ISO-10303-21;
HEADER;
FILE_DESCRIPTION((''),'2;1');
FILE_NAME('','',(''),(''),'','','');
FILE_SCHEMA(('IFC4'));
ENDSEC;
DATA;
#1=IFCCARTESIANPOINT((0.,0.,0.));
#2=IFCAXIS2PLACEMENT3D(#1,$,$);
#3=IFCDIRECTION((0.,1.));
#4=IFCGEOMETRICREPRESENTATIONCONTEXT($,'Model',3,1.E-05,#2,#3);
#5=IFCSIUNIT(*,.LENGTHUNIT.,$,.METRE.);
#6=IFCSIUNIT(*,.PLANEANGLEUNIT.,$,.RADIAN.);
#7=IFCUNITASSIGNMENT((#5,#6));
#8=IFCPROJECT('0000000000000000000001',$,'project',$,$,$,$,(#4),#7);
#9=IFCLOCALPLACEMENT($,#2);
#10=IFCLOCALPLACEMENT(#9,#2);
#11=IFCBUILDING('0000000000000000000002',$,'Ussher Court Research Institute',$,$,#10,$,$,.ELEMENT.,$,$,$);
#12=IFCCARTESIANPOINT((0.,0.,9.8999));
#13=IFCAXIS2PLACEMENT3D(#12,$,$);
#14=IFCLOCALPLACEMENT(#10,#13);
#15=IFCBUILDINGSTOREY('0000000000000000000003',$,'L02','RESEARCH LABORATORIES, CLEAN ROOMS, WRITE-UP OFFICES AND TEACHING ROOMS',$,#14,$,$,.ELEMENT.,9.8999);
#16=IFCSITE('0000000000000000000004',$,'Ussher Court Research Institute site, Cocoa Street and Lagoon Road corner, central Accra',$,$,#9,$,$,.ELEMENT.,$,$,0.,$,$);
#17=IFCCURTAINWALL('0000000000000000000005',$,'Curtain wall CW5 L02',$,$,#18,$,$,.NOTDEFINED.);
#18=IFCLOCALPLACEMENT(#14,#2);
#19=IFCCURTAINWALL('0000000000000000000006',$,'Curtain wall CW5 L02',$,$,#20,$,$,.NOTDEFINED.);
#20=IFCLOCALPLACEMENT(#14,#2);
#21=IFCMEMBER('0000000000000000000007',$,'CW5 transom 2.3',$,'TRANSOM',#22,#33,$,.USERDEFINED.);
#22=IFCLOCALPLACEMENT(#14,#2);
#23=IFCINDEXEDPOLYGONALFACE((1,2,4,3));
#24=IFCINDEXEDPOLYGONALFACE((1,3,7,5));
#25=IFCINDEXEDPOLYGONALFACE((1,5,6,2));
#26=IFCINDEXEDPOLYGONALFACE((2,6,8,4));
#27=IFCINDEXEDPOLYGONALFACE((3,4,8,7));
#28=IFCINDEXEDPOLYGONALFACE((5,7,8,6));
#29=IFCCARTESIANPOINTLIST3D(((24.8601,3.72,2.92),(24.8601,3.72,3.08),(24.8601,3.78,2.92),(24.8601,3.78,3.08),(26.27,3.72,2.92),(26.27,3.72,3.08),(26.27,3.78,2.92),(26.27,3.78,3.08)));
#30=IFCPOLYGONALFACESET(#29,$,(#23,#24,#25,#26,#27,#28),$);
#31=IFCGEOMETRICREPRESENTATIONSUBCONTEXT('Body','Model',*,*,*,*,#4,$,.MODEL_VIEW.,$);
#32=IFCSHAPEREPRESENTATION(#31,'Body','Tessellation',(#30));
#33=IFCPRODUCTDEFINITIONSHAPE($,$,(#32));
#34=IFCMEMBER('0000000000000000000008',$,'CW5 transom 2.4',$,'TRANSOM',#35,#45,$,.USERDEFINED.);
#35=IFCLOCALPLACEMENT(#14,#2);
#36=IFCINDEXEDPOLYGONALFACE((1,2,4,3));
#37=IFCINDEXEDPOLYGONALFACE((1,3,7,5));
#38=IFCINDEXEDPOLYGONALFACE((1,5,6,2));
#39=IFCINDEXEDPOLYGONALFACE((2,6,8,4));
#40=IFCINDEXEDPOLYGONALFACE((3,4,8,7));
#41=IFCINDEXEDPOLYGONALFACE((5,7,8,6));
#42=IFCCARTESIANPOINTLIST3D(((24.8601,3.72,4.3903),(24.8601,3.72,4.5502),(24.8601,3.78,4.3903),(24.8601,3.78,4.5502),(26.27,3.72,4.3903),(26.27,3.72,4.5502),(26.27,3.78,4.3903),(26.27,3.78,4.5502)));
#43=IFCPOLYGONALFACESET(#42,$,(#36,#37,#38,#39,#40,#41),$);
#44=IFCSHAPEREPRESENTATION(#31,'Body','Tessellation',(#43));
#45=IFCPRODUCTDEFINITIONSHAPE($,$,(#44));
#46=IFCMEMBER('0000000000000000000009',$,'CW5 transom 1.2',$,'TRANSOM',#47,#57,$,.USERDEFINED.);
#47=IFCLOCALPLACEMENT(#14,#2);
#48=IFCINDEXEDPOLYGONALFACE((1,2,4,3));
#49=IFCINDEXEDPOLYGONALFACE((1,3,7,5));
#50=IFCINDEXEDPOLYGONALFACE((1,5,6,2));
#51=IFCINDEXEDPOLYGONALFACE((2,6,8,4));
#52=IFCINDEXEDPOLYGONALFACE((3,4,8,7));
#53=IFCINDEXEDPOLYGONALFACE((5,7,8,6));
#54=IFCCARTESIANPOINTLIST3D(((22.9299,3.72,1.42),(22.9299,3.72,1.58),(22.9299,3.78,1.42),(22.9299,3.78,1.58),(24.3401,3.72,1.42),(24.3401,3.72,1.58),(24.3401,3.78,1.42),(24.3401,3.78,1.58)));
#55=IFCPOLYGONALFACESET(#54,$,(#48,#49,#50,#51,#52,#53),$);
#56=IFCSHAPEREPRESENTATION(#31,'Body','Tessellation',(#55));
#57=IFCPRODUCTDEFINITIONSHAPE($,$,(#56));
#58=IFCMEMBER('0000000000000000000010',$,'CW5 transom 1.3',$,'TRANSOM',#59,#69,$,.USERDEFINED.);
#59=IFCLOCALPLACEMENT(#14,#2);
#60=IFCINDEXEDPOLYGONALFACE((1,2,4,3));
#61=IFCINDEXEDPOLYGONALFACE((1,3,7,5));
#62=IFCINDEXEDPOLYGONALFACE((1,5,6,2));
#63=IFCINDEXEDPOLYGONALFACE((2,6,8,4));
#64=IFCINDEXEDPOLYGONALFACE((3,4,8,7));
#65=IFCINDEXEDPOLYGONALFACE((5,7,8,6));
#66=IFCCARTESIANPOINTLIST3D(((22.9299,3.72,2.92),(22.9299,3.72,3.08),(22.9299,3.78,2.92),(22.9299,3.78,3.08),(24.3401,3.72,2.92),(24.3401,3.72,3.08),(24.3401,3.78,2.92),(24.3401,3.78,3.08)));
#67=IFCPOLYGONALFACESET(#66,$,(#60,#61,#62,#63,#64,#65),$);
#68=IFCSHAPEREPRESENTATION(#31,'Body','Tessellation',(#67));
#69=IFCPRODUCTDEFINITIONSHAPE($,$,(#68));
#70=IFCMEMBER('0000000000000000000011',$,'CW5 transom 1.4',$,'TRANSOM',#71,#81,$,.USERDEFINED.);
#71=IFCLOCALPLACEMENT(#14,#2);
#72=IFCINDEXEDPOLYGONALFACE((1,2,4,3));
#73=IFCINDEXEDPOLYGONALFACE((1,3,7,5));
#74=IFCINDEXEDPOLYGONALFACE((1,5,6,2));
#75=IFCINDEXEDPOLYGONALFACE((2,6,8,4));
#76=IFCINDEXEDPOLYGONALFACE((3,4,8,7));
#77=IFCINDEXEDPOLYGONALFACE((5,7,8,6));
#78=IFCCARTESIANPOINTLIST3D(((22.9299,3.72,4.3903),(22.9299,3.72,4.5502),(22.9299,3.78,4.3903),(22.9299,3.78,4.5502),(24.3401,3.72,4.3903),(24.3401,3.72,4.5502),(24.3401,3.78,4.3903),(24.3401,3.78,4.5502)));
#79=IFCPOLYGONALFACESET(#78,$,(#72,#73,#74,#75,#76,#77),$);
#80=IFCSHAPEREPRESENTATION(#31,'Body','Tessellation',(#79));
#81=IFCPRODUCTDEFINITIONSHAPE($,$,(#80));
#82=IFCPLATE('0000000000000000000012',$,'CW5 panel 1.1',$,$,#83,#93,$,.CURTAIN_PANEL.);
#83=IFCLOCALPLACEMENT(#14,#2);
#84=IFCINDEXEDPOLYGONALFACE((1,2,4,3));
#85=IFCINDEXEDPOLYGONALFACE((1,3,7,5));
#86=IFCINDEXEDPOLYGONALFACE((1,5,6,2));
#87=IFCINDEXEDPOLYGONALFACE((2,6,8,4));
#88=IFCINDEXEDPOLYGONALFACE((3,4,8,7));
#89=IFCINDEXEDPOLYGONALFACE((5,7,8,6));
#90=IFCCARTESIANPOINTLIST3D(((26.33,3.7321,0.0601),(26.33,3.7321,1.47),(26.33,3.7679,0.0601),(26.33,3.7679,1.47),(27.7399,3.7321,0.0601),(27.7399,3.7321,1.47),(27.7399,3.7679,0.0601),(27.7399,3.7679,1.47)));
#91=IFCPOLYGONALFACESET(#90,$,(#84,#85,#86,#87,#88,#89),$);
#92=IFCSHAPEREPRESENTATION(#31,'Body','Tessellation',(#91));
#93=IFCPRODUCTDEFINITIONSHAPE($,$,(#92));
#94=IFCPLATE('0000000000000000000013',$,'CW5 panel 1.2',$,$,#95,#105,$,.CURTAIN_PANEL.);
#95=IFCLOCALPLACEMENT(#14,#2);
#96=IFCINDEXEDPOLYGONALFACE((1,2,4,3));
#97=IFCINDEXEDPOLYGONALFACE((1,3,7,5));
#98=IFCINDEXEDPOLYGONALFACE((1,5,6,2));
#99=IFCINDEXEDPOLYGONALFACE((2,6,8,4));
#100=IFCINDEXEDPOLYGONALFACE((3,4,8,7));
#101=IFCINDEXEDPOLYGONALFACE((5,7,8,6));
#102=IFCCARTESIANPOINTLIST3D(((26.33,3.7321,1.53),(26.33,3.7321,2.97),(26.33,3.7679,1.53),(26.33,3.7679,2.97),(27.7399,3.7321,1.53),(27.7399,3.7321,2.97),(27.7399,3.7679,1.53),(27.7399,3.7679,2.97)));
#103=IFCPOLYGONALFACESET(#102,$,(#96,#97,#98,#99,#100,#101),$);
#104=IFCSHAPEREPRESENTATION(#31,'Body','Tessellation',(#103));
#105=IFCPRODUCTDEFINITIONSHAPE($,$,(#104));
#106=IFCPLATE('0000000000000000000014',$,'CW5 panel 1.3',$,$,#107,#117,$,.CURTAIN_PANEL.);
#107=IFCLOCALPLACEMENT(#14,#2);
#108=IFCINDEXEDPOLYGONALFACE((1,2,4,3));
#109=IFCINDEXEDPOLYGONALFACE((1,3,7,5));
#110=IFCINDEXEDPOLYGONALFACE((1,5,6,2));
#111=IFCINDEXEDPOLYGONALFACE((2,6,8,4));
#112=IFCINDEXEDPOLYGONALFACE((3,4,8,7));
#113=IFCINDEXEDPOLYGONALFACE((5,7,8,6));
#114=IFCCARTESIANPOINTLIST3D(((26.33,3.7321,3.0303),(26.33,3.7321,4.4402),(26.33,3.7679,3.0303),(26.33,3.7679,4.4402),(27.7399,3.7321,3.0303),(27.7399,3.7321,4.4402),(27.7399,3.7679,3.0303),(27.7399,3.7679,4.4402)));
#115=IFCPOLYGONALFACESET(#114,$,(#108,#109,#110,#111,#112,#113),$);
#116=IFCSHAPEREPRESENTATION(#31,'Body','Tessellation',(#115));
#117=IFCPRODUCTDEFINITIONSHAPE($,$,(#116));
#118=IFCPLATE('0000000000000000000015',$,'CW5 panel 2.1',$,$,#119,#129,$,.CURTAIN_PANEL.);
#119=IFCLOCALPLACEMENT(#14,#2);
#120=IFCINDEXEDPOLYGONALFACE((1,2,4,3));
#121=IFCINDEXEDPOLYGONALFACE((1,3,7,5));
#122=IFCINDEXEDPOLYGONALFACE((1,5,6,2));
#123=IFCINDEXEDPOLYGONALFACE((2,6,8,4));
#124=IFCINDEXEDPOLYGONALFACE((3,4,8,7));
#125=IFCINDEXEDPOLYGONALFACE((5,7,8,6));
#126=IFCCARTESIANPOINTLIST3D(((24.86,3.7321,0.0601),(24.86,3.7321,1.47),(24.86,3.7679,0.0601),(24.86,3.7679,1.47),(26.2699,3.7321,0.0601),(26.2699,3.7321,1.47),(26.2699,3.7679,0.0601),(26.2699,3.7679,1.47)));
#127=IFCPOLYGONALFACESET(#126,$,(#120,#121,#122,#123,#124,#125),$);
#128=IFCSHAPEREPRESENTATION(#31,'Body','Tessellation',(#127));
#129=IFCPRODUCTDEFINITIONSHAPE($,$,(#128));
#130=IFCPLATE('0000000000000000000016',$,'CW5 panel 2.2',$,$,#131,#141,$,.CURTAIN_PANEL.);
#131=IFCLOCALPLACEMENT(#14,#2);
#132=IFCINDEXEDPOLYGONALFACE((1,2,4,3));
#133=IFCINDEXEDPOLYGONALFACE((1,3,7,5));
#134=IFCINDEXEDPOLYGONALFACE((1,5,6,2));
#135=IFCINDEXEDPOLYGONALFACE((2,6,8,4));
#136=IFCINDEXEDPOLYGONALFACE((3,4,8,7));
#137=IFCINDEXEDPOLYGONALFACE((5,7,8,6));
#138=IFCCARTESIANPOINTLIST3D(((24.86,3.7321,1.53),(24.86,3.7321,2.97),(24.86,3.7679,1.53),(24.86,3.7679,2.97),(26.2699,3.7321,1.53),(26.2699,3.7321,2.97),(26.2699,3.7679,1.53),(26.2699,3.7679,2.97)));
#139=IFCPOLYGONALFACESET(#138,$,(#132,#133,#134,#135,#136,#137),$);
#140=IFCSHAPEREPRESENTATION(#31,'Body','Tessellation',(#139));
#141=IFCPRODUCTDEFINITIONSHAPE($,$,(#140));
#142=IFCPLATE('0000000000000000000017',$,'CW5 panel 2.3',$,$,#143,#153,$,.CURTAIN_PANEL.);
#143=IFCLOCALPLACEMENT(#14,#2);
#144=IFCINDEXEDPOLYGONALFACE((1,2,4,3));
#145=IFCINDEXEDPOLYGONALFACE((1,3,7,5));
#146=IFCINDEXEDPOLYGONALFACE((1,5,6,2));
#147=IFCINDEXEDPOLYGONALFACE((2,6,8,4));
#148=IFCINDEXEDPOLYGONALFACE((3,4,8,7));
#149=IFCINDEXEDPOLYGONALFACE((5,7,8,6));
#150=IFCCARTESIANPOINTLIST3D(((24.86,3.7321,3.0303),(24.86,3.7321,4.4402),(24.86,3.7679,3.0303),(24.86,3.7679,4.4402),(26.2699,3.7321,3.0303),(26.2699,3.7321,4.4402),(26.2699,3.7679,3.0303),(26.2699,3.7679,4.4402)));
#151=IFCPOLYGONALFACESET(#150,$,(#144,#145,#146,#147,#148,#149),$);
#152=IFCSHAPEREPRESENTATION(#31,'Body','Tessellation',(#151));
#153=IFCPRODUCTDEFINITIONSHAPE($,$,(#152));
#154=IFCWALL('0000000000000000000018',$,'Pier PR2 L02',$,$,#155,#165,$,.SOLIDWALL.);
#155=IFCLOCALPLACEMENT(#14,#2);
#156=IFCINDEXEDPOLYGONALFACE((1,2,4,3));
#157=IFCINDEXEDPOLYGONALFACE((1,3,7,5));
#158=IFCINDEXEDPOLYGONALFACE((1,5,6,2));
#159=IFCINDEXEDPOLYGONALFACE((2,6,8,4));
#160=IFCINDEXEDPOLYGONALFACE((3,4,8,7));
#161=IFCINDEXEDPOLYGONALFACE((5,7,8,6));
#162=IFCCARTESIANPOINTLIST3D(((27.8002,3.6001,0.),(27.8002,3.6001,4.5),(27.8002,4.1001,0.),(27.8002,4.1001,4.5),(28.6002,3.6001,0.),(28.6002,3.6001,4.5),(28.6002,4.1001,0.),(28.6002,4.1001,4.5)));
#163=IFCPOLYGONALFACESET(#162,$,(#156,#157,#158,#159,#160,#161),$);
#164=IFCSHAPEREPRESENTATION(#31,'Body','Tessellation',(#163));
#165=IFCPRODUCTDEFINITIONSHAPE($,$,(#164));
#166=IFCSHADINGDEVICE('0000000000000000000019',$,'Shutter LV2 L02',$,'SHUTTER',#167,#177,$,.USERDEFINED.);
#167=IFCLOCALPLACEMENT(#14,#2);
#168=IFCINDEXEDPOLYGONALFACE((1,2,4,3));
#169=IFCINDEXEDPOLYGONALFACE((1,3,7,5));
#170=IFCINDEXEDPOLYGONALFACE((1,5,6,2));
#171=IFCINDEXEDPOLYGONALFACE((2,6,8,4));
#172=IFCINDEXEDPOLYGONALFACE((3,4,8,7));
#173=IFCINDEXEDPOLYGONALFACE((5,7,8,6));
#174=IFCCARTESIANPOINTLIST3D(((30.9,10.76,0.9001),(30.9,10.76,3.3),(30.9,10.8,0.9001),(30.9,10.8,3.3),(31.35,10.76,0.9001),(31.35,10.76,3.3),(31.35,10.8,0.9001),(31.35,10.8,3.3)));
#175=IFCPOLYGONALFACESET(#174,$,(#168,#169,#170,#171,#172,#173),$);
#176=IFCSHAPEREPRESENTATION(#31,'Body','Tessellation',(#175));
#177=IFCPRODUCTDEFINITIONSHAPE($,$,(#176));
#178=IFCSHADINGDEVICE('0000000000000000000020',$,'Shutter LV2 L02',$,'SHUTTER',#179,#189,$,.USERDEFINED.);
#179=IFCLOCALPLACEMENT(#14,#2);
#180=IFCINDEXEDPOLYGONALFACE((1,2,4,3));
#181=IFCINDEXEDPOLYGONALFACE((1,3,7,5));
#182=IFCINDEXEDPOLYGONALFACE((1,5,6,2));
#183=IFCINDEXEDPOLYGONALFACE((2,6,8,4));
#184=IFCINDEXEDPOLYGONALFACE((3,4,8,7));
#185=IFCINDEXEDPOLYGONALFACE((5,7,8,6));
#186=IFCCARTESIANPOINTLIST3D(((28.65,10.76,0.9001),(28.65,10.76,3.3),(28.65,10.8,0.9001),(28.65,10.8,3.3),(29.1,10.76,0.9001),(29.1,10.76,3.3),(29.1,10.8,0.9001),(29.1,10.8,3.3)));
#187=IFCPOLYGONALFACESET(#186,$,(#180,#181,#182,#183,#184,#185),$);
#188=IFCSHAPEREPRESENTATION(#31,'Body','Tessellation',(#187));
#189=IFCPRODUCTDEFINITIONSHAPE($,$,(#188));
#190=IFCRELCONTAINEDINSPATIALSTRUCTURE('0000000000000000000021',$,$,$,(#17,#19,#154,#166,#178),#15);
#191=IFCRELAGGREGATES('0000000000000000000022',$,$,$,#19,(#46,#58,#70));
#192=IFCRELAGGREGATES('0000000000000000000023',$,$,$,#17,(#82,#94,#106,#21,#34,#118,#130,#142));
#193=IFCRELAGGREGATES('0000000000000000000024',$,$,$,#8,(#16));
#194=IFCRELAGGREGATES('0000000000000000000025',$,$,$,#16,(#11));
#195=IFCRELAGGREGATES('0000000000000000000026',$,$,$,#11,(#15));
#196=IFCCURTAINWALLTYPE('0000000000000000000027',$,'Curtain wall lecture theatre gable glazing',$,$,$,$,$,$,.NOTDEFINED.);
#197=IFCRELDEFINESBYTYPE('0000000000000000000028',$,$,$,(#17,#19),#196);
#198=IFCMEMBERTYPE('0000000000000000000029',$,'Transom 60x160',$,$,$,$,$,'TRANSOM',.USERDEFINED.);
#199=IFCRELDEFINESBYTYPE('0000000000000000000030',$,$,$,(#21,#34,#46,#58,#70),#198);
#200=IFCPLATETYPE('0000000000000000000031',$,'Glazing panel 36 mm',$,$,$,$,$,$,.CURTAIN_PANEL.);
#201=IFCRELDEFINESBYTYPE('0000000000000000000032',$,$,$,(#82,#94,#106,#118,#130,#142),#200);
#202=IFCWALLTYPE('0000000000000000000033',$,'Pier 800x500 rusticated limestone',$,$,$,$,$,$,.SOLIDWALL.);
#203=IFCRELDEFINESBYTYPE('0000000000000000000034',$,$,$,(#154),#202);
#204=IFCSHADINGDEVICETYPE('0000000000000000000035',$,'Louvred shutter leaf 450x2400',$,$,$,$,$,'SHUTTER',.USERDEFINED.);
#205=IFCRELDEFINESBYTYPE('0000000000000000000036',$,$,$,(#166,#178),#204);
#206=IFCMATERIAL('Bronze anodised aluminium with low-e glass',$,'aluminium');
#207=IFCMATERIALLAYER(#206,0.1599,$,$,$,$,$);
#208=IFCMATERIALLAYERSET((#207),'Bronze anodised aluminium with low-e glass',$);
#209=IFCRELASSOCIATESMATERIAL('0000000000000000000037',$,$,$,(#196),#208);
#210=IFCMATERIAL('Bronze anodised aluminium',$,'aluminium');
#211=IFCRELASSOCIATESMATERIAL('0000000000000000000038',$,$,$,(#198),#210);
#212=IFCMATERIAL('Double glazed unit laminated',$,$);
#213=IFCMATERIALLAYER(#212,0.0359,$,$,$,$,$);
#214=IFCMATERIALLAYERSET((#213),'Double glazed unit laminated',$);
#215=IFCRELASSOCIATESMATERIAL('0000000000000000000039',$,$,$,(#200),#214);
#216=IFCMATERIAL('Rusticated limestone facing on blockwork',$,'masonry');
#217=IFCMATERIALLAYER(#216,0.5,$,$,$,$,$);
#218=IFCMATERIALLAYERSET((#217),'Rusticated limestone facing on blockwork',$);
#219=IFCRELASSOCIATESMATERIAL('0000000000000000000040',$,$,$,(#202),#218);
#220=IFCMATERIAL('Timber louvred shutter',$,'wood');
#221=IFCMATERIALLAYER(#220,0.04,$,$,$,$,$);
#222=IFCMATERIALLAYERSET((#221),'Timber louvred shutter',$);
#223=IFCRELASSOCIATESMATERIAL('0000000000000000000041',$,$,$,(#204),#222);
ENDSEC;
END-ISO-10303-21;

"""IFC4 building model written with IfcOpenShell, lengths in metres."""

from ifc_helpers import new_model, si_unit, direction, frame, frame_2d, origin, origin_2d, place, context, subcontext, project, spatial, rectangle, extrude, material, layer, layer_set, material_profile, profile_set, type_object, element, aggregate, save


model = new_model("IFC4")

# Units and contexts
model_context = context("Model", 3, precision=1e-05, world=origin(), true_north=direction((0.0, 1.0)))
body_context = subcontext(model_context, "Body", "Model", "MODEL_VIEW")
ifc_project = project(units=[si_unit("LENGTHUNIT", "METRE"), si_unit("PLANEANGLEUNIT", "RADIAN")], contexts=[model_context])

# Site, building, storey
site_placement = place(None, origin())
site = spatial("IfcSite", under=ifc_project, at=site_placement, Name="Ussher Court Research Institute site, Cocoa Street and Lagoon Road corner, central Accra", CompositionType="ELEMENT", RefElevation=0.0)
building_placement = place(site_placement, origin())
building = spatial("IfcBuilding", under=site, at=building_placement, Name="Ussher Court Research Institute", CompositionType="ELEMENT")
storey_placement = place(building_placement, frame((0.0, 0.0, 9.8999)))
storey = spatial("IfcBuildingStorey", under=building, at=storey_placement, Name="L02", Description="RESEARCH LABORATORIES, CLEAN ROOMS, WRITE-UP OFFICES AND TEACHING ROOMS", CompositionType="ELEMENT", Elevation=9.8999)

# Curtain wall
ifc_material_1 = material(Name="Bronze anodised aluminium with low-e glass", Category="aluminium")
ifc_layer_1 = layer(ifc_material_1, 0.1599)
ifc_layer_set_1 = layer_set([ifc_layer_1], Name="Bronze anodised aluminium with low-e glass")
curtain_wall_type = type_object("IfcCurtainWallType", Name="Curtain wall lecture theatre gable glazing", PredefinedType="NOTDEFINED", material=ifc_layer_set_1)
curtain_wall_1_placement = place(storey_placement, origin())
curtain_wall_1 = element("IfcCurtainWall", 1, at=curtain_wall_1_placement, inside=storey, type_object=curtain_wall_type, Name="Curtain wall CW5 L02", PredefinedType="NOTDEFINED")

# Curtain wall
curtain_wall_2_placement = place(storey_placement, origin())
curtain_wall_2 = element("IfcCurtainWall", 2, at=curtain_wall_2_placement, inside=storey, type_object=curtain_wall_type, Name="Curtain wall CW5 L02", PredefinedType="NOTDEFINED")

# Members
ifc_material_2 = material(Name="Bronze anodised aluminium", Category="aluminium")
ifc_material_profile_1 = material_profile(ifc_material_2, rectangle(XDim=0.0601, YDim=0.1599, at=origin_2d()), Name="Transom 60x160")
ifc_profile_set_1 = profile_set([ifc_material_profile_1], Name="Bronze anodised aluminium")
member_type_1 = type_object("IfcMemberType", Name="Transom 60x160", ElementType="TRANSOM", PredefinedType="USERDEFINED", material=ifc_profile_set_1)
member_1_placement = place(storey_placement, frame((26.27, 3.75, 3.0), z_axis=(-1.0, 0.0, 0.0), x_axis=(0.0, -1.0, 0.0)))
member_1 = element("IfcMember", 3, at=member_1_placement, type_object=member_type_1, Name="CW5 transom 2.3", ObjectType="TRANSOM", PredefinedType="USERDEFINED", context=body_context, shape_type="SweptSolid", body=[
    extrude(rectangle(XDim=0.0601, YDim=0.1599, at=origin_2d()), origin(), (0.0, 0.0, 1.0), 1.4099),
])
member_2_placement = place(storey_placement, frame((26.27, 3.75, 4.4702), z_axis=(-1.0, 0.0, 0.0), x_axis=(0.0, -1.0, 0.0)))
member_2 = element("IfcMember", 4, at=member_2_placement, type_object=member_type_1, Name="CW5 transom 2.4", ObjectType="TRANSOM", PredefinedType="USERDEFINED", context=body_context, shape_type="SweptSolid", body=[
    extrude(rectangle(XDim=0.0601, YDim=0.1599, at=origin_2d()), origin(), (0.0, 0.0, 1.0), 1.4099),
])
member_3_placement = place(storey_placement, frame((24.3401, 3.75, 1.5), z_axis=(-1.0, 0.0, 0.0), x_axis=(0.0, -1.0, 0.0)))
member_3 = element("IfcMember", 5, at=member_3_placement, type_object=member_type_1, Name="CW5 transom 1.2", ObjectType="TRANSOM", PredefinedType="USERDEFINED", context=body_context, shape_type="SweptSolid", body=[
    extrude(rectangle(XDim=0.0601, YDim=0.1599, at=origin_2d()), origin(), (0.0, 0.0, 1.0), 1.4102),
])
member_4_placement = place(storey_placement, frame((24.3401, 3.75, 3.0), z_axis=(-1.0, 0.0, 0.0), x_axis=(0.0, -1.0, 0.0)))
member_4 = element("IfcMember", 6, at=member_4_placement, type_object=member_type_1, Name="CW5 transom 1.3", ObjectType="TRANSOM", PredefinedType="USERDEFINED", context=body_context, shape_type="SweptSolid", body=[
    extrude(rectangle(XDim=0.0601, YDim=0.1599, at=origin_2d()), origin(), (0.0, 0.0, 1.0), 1.4102),
])
member_5_placement = place(storey_placement, frame((24.3401, 3.75, 4.4702), z_axis=(-1.0, 0.0, 0.0), x_axis=(0.0, -1.0, 0.0)))
member_5 = element("IfcMember", 7, at=member_5_placement, type_object=member_type_1, Name="CW5 transom 1.4", ObjectType="TRANSOM", PredefinedType="USERDEFINED", context=body_context, shape_type="SweptSolid", body=[
    extrude(rectangle(XDim=0.0601, YDim=0.1599, at=origin_2d()), origin(), (0.0, 0.0, 1.0), 1.4102),
])
aggregate(curtain_wall_2, [member_3, member_4, member_5])

# Plates
ifc_material_3 = material(Name="Double glazed unit laminated")
ifc_layer_2 = layer(ifc_material_3, 0.0359)
ifc_layer_set_2 = layer_set([ifc_layer_2], Name="Double glazed unit laminated")
plate_type = type_object("IfcPlateType", Name="Glazing panel 36 mm", PredefinedType="CURTAIN_PANEL", material=ifc_layer_set_2)
plate_1_placement = place(storey_placement, frame((27.0349, 3.75, 0.0601), z_axis=(0.0, 0.0, 1.0), x_axis=(-1.0, 0.0, 0.0)))
plate_1 = element("IfcPlate", 8, at=plate_1_placement, type_object=plate_type, Name="CW5 panel 1.1", PredefinedType="CURTAIN_PANEL", context=body_context, shape_type="SweptSolid", body=[
    extrude(rectangle(XDim=1.4099, YDim=0.0359, at=origin_2d()), origin(), (0.0, 0.0, 1.0), 1.4099),
])
plate_2_placement = place(storey_placement, frame((27.0349, 3.75, 1.53), z_axis=(0.0, 0.0, 1.0), x_axis=(-1.0, 0.0, 0.0)))
plate_2 = element("IfcPlate", 9, at=plate_2_placement, type_object=plate_type, Name="CW5 panel 1.2", PredefinedType="CURTAIN_PANEL", context=body_context, shape_type="SweptSolid", body=[
    extrude(rectangle(XDim=1.4099, YDim=0.0359, at=origin_2d()), origin(), (0.0, 0.0, 1.0), 1.4399),
])
plate_3_placement = place(storey_placement, frame((27.0349, 3.75, 3.0303), z_axis=(0.0, 0.0, 1.0), x_axis=(-1.0, 0.0, 0.0)))
plate_3 = element("IfcPlate", 10, at=plate_3_placement, type_object=plate_type, Name="CW5 panel 1.3", PredefinedType="CURTAIN_PANEL", context=body_context, shape_type="SweptSolid", body=[
    extrude(rectangle(XDim=1.4099, YDim=0.0359, at=origin_2d()), origin(), (0.0, 0.0, 1.0), 1.4099),
])
plate_4_placement = place(storey_placement, frame((25.5649, 3.75, 0.0601), z_axis=(0.0, 0.0, 1.0), x_axis=(-1.0, 0.0, 0.0)))
plate_4 = element("IfcPlate", 11, at=plate_4_placement, type_object=plate_type, Name="CW5 panel 2.1", PredefinedType="CURTAIN_PANEL", context=body_context, shape_type="SweptSolid", body=[
    extrude(rectangle(XDim=1.4099, YDim=0.0359, at=origin_2d()), origin(), (0.0, 0.0, 1.0), 1.4099),
])
plate_5_placement = place(storey_placement, frame((25.5649, 3.75, 1.53), z_axis=(0.0, 0.0, 1.0), x_axis=(-1.0, 0.0, 0.0)))
plate_5 = element("IfcPlate", 12, at=plate_5_placement, type_object=plate_type, Name="CW5 panel 2.2", PredefinedType="CURTAIN_PANEL", context=body_context, shape_type="SweptSolid", body=[
    extrude(rectangle(XDim=1.4099, YDim=0.0359, at=origin_2d()), origin(), (0.0, 0.0, 1.0), 1.4399),
])
plate_6_placement = place(storey_placement, frame((25.5649, 3.75, 3.0303), z_axis=(0.0, 0.0, 1.0), x_axis=(-1.0, 0.0, 0.0)))
plate_6 = element("IfcPlate", 13, at=plate_6_placement, type_object=plate_type, Name="CW5 panel 2.3", PredefinedType="CURTAIN_PANEL", context=body_context, shape_type="SweptSolid", body=[
    extrude(rectangle(XDim=1.4099, YDim=0.0359, at=origin_2d()), origin(), (0.0, 0.0, 1.0), 1.4099),
])
aggregate(curtain_wall_1, [plate_1, plate_2, plate_3, member_1, member_2, plate_4, plate_5, plate_6])

# Wall
ifc_material_4 = material(Name="Rusticated limestone facing on blockwork", Category="masonry")
ifc_layer_3 = layer(ifc_material_4, 0.5)
ifc_layer_set_3 = layer_set([ifc_layer_3], Name="Rusticated limestone facing on blockwork")
wall_type = type_object("IfcWallType", Name="Pier 800x500 rusticated limestone", PredefinedType="SOLIDWALL", material=ifc_layer_set_3)
wall_placement = place(storey_placement, frame((28.6001, 3.8501, 0.0), z_axis=(0.0, 0.0, 1.0), x_axis=(-1.0, 0.0, 0.0)))
element("IfcWall", 14, at=wall_placement, inside=storey, type_object=wall_type, Name="Pier PR2 L02", PredefinedType="SOLIDWALL", context=body_context, shape_type="SweptSolid", body=[
    extrude(rectangle(XDim=0.8, YDim=0.5, at=frame_2d((0.3999, 0.0))), origin(), (0.0, 0.0, 1.0), 4.5),
])

# Shading devices
ifc_material_5 = material(Name="Timber louvred shutter", Category="wood")
ifc_layer_4 = layer(ifc_material_5, 0.04)
ifc_layer_set_4 = layer_set([ifc_layer_4], Name="Timber louvred shutter")
shading_device_type = type_object("IfcShadingDeviceType", Name="Louvred shutter leaf 450x2400", ElementType="SHUTTER", PredefinedType="USERDEFINED", material=ifc_layer_set_4)
for number, where, z_axis, x_axis, name in (
    (15, (31.125, 10.78, 0.9001), (0.0, 0.0, 1.0), (-1.0, 0.0, 0.0), "Shutter LV2 L02"),
    (16, (28.875, 10.78, 0.9001), (0.0, 0.0, 1.0), (-1.0, 0.0, 0.0), "Shutter LV2 L02"),
):
    element("IfcShadingDevice", number, at=place(storey_placement, frame(where, z_axis=z_axis, x_axis=x_axis)), inside=storey, type_object=shading_device_type, Name=name, ObjectType="SHUTTER", PredefinedType="USERDEFINED", context=body_context, shape_type="SweptSolid", body=[
        extrude(rectangle(XDim=0.45, YDim=0.04, at=origin_2d()), origin(), (0.0, 0.0, 1.0), 2.3999),
    ])

save(model, "model.ifc")
